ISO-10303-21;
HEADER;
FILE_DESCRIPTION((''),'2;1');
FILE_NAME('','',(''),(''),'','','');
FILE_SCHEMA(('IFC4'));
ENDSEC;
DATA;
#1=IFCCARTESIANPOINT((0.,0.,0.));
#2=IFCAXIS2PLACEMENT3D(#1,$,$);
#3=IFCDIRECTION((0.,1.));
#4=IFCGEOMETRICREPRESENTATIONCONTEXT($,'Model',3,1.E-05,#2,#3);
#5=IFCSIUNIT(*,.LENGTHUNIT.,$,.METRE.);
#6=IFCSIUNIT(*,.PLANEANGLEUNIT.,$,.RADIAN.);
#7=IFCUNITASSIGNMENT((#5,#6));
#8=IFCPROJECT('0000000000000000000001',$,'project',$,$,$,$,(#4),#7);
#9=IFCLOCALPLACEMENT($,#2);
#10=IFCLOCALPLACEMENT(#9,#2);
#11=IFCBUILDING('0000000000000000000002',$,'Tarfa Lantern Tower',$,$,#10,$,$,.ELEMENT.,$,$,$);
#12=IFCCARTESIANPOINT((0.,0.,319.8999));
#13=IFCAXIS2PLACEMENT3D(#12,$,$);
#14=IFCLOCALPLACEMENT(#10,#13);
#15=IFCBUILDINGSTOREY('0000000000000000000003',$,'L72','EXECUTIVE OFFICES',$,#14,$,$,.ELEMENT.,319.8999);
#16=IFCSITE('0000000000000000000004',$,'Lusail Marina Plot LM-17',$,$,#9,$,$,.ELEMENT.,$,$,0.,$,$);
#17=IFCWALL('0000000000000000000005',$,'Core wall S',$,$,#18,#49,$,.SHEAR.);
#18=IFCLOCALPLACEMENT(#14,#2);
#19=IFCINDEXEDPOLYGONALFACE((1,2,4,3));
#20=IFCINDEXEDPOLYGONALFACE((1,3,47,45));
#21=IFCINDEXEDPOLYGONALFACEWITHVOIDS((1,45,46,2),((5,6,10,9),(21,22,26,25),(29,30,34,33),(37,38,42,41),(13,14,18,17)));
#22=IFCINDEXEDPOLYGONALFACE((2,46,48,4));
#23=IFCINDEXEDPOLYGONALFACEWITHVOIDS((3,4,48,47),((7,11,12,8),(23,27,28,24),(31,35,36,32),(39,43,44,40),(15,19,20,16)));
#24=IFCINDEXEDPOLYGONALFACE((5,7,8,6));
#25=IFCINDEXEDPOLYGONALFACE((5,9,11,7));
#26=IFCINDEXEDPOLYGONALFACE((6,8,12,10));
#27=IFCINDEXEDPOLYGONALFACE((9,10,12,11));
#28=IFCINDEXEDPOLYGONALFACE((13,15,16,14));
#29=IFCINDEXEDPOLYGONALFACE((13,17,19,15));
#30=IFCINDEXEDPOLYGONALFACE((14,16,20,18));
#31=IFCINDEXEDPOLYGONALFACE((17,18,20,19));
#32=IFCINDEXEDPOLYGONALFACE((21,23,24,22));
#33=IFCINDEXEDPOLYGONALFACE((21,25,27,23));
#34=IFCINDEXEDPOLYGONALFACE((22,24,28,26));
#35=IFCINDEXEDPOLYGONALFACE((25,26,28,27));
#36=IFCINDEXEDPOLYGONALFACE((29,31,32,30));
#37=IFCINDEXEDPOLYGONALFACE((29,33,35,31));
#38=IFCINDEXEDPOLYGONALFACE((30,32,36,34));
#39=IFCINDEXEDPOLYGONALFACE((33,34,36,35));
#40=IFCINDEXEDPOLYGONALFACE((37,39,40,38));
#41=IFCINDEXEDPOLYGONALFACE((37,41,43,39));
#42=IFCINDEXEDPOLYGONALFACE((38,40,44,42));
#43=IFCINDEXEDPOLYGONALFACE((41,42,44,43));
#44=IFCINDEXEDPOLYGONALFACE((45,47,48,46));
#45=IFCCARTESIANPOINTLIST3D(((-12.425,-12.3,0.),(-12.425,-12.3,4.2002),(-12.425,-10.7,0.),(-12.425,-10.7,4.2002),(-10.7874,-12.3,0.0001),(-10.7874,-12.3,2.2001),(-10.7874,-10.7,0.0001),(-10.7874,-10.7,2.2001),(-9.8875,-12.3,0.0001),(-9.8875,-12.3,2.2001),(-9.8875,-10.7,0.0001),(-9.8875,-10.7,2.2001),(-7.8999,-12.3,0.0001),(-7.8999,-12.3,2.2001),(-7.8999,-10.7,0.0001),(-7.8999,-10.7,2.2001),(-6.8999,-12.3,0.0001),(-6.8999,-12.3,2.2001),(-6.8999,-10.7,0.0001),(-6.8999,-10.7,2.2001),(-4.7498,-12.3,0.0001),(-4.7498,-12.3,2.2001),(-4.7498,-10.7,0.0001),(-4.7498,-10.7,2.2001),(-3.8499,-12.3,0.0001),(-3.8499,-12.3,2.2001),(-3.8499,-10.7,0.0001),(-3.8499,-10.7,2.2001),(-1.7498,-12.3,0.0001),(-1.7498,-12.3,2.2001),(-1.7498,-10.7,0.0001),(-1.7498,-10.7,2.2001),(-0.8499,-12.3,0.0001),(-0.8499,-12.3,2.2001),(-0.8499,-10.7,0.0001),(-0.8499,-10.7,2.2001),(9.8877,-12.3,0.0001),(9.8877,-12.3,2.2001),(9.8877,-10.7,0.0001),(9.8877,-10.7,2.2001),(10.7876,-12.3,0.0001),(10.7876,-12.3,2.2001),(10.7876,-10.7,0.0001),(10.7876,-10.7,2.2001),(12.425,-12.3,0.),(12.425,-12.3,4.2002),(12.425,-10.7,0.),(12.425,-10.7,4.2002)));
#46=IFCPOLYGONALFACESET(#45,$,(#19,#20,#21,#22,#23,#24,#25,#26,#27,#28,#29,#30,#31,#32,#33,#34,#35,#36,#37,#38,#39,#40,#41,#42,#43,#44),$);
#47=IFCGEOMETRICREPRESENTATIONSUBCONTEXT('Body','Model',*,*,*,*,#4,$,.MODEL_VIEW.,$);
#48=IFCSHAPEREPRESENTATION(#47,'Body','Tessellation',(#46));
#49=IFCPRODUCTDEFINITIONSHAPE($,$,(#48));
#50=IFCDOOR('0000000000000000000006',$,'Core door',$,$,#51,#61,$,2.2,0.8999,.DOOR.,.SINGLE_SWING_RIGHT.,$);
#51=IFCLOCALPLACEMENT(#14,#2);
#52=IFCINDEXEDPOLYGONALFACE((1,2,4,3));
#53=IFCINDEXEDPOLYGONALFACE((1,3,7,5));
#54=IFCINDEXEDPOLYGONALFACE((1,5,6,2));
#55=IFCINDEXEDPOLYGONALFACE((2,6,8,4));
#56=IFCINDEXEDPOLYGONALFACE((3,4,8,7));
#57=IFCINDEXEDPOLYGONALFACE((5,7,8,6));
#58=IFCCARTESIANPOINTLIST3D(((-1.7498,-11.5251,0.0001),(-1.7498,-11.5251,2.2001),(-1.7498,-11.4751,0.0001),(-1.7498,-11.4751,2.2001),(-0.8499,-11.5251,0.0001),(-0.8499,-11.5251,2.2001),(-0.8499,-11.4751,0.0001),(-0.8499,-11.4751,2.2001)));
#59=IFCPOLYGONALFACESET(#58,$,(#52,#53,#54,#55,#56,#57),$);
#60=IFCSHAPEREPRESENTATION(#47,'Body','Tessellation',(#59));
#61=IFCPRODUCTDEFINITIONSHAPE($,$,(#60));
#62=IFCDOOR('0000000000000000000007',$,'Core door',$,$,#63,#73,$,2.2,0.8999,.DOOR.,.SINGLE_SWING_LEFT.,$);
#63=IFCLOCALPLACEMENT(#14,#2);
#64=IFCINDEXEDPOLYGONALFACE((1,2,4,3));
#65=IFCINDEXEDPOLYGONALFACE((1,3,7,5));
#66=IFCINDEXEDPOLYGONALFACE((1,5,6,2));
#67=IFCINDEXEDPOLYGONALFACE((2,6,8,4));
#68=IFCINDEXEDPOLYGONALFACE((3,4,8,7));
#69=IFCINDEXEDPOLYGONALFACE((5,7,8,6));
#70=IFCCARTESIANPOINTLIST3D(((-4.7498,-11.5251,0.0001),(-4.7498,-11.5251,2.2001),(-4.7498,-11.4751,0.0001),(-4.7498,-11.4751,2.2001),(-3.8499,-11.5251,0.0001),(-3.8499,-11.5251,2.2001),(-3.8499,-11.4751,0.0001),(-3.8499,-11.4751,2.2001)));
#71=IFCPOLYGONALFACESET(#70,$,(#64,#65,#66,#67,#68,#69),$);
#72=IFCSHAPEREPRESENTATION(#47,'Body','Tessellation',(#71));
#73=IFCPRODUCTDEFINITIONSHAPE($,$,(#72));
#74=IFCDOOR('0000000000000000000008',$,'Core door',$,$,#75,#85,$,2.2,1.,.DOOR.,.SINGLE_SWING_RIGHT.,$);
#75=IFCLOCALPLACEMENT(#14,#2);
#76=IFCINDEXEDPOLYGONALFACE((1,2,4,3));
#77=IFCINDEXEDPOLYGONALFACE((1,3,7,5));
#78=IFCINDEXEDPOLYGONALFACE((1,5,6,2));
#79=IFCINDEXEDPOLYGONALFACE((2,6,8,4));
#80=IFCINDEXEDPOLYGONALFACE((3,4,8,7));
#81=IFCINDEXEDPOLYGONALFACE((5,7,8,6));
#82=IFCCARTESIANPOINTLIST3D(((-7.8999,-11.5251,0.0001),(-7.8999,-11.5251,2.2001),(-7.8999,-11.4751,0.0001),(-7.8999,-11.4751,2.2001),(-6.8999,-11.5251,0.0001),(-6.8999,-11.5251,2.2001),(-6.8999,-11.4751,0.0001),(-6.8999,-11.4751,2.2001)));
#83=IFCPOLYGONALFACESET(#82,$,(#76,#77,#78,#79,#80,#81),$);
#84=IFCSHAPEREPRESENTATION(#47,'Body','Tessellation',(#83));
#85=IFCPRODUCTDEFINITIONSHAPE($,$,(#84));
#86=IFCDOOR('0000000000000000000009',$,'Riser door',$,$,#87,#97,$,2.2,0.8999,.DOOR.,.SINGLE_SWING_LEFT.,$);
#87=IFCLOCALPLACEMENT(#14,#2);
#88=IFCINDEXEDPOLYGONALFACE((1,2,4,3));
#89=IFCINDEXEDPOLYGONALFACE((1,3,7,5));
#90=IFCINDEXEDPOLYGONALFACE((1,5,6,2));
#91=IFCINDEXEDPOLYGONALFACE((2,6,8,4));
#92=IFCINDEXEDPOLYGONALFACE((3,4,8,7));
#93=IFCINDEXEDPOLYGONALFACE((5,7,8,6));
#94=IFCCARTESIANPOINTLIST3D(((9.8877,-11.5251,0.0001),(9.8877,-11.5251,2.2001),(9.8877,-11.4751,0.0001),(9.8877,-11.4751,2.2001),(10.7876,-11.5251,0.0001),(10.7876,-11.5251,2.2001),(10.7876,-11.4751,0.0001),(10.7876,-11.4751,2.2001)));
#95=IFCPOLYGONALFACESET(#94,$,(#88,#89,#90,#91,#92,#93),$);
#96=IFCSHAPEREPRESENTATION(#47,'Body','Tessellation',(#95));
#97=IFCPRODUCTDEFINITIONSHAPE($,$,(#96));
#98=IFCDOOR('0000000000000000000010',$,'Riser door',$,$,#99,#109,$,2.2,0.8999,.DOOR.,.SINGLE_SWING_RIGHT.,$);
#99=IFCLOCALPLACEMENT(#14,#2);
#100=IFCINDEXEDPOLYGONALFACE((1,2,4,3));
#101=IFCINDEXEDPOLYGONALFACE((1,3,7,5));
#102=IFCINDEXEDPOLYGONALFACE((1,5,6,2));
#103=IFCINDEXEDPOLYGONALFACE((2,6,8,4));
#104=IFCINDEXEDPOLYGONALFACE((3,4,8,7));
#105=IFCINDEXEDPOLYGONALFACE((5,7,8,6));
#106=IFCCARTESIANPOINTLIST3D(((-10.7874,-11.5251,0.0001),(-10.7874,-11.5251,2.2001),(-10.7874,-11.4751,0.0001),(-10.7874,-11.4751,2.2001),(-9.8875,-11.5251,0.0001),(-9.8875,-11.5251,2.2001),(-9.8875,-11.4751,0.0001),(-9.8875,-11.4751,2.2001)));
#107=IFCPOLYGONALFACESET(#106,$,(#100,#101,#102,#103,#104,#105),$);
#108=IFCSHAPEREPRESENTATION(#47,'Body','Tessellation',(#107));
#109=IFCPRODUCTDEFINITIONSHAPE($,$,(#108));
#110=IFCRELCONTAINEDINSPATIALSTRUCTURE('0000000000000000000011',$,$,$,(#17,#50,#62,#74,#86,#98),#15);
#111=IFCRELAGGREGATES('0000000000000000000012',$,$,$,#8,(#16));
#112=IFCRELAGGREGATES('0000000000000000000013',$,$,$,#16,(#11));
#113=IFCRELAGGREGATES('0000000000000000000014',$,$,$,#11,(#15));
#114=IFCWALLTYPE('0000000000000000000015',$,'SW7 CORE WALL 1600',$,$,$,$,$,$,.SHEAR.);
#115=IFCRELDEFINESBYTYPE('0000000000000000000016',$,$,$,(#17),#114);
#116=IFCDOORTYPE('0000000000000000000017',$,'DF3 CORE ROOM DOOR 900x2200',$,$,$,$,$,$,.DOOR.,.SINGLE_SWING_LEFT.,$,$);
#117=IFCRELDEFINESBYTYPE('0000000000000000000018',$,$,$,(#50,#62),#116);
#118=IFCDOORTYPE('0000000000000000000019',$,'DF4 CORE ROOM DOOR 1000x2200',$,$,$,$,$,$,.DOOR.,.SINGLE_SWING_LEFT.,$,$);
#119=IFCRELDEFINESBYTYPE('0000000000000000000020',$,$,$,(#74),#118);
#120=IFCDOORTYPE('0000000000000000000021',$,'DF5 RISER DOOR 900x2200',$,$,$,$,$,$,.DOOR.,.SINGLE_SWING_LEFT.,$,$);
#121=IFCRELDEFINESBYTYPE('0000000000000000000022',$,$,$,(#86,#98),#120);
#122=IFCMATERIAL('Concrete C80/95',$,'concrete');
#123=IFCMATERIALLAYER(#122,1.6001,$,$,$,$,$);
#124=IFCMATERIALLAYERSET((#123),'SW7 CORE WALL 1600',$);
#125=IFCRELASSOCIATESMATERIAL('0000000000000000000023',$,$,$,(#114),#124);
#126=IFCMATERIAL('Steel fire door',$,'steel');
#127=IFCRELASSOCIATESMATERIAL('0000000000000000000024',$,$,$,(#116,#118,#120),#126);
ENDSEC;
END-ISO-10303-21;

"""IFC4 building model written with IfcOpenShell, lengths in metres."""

from ifc_helpers import new_model, si_unit, direction, frame, frame_2d, origin, place, context, subcontext, project, spatial, rectangle, extrude, material, layer, layer_set, type_object, element, fill, save


model = new_model("IFC4")

# Units and contexts
model_context = context("Model", 3, precision=1e-05, world=origin(), true_north=direction((0.0, 1.0)))
body_context = subcontext(model_context, "Body", "Model", "MODEL_VIEW")
ifc_project = project(units=[si_unit("LENGTHUNIT", "METRE"), si_unit("PLANEANGLEUNIT", "RADIAN")], contexts=[model_context])

# Site, building, storey
site_placement = place(None, origin())
site = spatial("IfcSite", under=ifc_project, at=site_placement, Name="Lusail Marina Plot LM-17", CompositionType="ELEMENT", RefElevation=0.0)
building_placement = place(site_placement, origin())
building = spatial("IfcBuilding", under=site, at=building_placement, Name="Tarfa Lantern Tower", CompositionType="ELEMENT")
storey_placement = place(building_placement, frame((0.0, 0.0, 319.8999)))
storey = spatial("IfcBuildingStorey", under=building, at=storey_placement, Name="L72", Description="EXECUTIVE OFFICES", CompositionType="ELEMENT", Elevation=319.8999)

# Shared definitions
ifc_material_1 = material(Name="Concrete C80/95", Category="concrete")
ifc_material_2 = material(Name="Steel fire door", Category="steel")

# Wall, openings, doors
ifc_layer_1 = layer(ifc_material_1, 1.6001)
ifc_layer_set_1 = layer_set([ifc_layer_1], Name="SW7 CORE WALL 1600")
wall_type_1 = type_object("IfcWallType", Name="SW7 CORE WALL 1600", PredefinedType="SHEAR", material=ifc_layer_set_1)
wall_1_placement = place(storey_placement, frame((12.425, -11.5, 0.0), z_axis=(0.0, 0.0, 1.0), x_axis=(-1.0, 0.0, 0.0)))
wall_1 = element("IfcWall", 1, at=wall_1_placement, inside=storey, type_object=wall_type_1, Name="Core wall S", PredefinedType="SHEAR", context=body_context, shape_type="SweptSolid", body=[
    extrude(rectangle(XDim=24.8501, YDim=1.6001, at=frame_2d((12.425, 0.0))), origin(), (0.0, 0.0, 1.0), 4.2002),
])
opening_1_placement = place(wall_1_placement, frame((13.2749, 0.0, 0.0)))
opening_1 = element("IfcOpeningElement", 2, at=opening_1_placement, cuts=wall_1, PredefinedType="OPENING", context=body_context, shape_type="SweptSolid", body=[
    extrude(rectangle(XDim=0.8999, YDim=2.2, at=frame_2d((0.45, 1.1001))), frame((0.0, 0.8101, 0.0), z_axis=(0.0, -1.0, 0.0), x_axis=(1.0, 0.0, 0.0)), (0.0, 0.0, 1.0), 1.6201),
])
opening_2_placement = place(wall_1_placement, frame((16.2749, 0.0, 0.0)))
opening_2 = element("IfcOpeningElement", 3, at=opening_2_placement, cuts=wall_1, PredefinedType="OPENING", context=body_context, shape_type="SweptSolid", body=[
    extrude(rectangle(XDim=0.8999, YDim=2.2, at=frame_2d((0.45, 1.1001))), frame((0.0, 0.8101, 0.0), z_axis=(0.0, -1.0, 0.0), x_axis=(1.0, 0.0, 0.0)), (0.0, 0.0, 1.0), 1.6201),
])
opening_3_placement = place(wall_1_placement, frame((19.325, 0.0, 0.0)))
opening_3 = element("IfcOpeningElement", 4, at=opening_3_placement, cuts=wall_1, PredefinedType="OPENING", context=body_context, shape_type="SweptSolid", body=[
    extrude(rectangle(XDim=1.0, YDim=2.2, at=frame_2d((0.5, 1.1001))), frame((0.0, 0.8101, 0.0), z_axis=(0.0, -1.0, 0.0), x_axis=(1.0, 0.0, 0.0)), (0.0, 0.0, 1.0), 1.6201),
])
opening_4_placement = place(wall_1_placement, frame((1.6375, 0.0, 0.0)))
opening_4 = element("IfcOpeningElement", 5, at=opening_4_placement, cuts=wall_1, PredefinedType="OPENING", context=body_context, shape_type="SweptSolid", body=[
    extrude(rectangle(XDim=0.8999, YDim=2.2, at=frame_2d((0.45, 1.1001))), frame((0.0, 0.8101, 0.0), z_axis=(0.0, -1.0, 0.0), x_axis=(1.0, 0.0, 0.0)), (0.0, 0.0, 1.0), 1.6201),
])
opening_5_placement = place(wall_1_placement, frame((22.3125, 0.0, 0.0)))
opening_5 = element("IfcOpeningElement", 6, at=opening_5_placement, cuts=wall_1, PredefinedType="OPENING", context=body_context, shape_type="SweptSolid", body=[
    extrude(rectangle(XDim=0.8999, YDim=2.2, at=frame_2d((0.45, 1.1001))), frame((0.0, 0.8101, 0.0), z_axis=(0.0, -1.0, 0.0), x_axis=(1.0, 0.0, 0.0)), (0.0, 0.0, 1.0), 1.6201),
])
door_type_1 = type_object("IfcDoorType", Name="DF3 CORE ROOM DOOR 900x2200", OperationType="SINGLE_SWING_LEFT", PredefinedType="DOOR", material=ifc_material_2)
door_1_placement = place(opening_1_placement, frame((0.8999, 0.0, 0.0), z_axis=(0.0, 0.0, 1.0), x_axis=(-1.0, 0.0, 0.0)))
door_1 = element("IfcDoor", 7, at=door_1_placement, inside=storey, type_object=door_type_1, Name="Core door", OperationType="SINGLE_SWING_RIGHT", OverallHeight=2.2, OverallWidth=0.8999, PredefinedType="DOOR", context=body_context, shape_type="SweptSolid", body=[
    extrude(rectangle(XDim=0.8999, YDim=2.2, at=frame_2d((0.45, 1.1001))), frame((0.0, 0.0249, 0.0), z_axis=(0.0, -1.0, 0.0), x_axis=(1.0, 0.0, 0.0)), (0.0, 0.0, 1.0), 0.05),
])
fill(opening_1, door_1)
door_2_placement = place(opening_2_placement, frame((0.8999, 0.0, 0.0), z_axis=(0.0, 0.0, 1.0), x_axis=(-1.0, 0.0, 0.0)))
door_2 = element("IfcDoor", 8, at=door_2_placement, inside=storey, type_object=door_type_1, Name="Core door", OperationType="SINGLE_SWING_LEFT", OverallHeight=2.2, OverallWidth=0.8999, PredefinedType="DOOR", context=body_context, shape_type="SweptSolid", body=[
    extrude(rectangle(XDim=0.8999, YDim=2.2, at=frame_2d((0.45, 1.1001))), frame((0.0, 0.0249, 0.0), z_axis=(0.0, -1.0, 0.0), x_axis=(1.0, 0.0, 0.0)), (0.0, 0.0, 1.0), 0.05),
])
fill(opening_2, door_2)
door_type_2 = type_object("IfcDoorType", Name="DF4 CORE ROOM DOOR 1000x2200", OperationType="SINGLE_SWING_LEFT", PredefinedType="DOOR", material=ifc_material_2)
door_3_placement = place(opening_3_placement, frame((1.0, 0.0, 0.0), z_axis=(0.0, 0.0, 1.0), x_axis=(-1.0, 0.0, 0.0)))
door_3 = element("IfcDoor", 9, at=door_3_placement, inside=storey, type_object=door_type_2, Name="Core door", OperationType="SINGLE_SWING_RIGHT", OverallHeight=2.2, OverallWidth=1.0, PredefinedType="DOOR", context=body_context, shape_type="SweptSolid", body=[
    extrude(rectangle(XDim=1.0, YDim=2.2, at=frame_2d((0.5, 1.1001))), frame((0.0, 0.0249, 0.0), z_axis=(0.0, -1.0, 0.0), x_axis=(1.0, 0.0, 0.0)), (0.0, 0.0, 1.0), 0.05),
])
fill(opening_3, door_3)
door_type_3 = type_object("IfcDoorType", Name="DF5 RISER DOOR 900x2200", OperationType="SINGLE_SWING_LEFT", PredefinedType="DOOR", material=ifc_material_2)
door_4_placement = place(opening_4_placement, frame((0.8999, 0.0, 0.0), z_axis=(0.0, 0.0, 1.0), x_axis=(-1.0, 0.0, 0.0)))
door_4 = element("IfcDoor", 10, at=door_4_placement, inside=storey, type_object=door_type_3, Name="Riser door", OperationType="SINGLE_SWING_LEFT", OverallHeight=2.2, OverallWidth=0.8999, PredefinedType="DOOR", context=body_context, shape_type="SweptSolid", body=[
    extrude(rectangle(XDim=0.8999, YDim=2.2, at=frame_2d((0.45, 1.1001))), frame((0.0, 0.0249, 0.0), z_axis=(0.0, -1.0, 0.0), x_axis=(1.0, 0.0, 0.0)), (0.0, 0.0, 1.0), 0.05),
])
fill(opening_4, door_4)
door_5_placement = place(opening_5_placement, frame((0.8999, 0.0, 0.0), z_axis=(0.0, 0.0, 1.0), x_axis=(-1.0, 0.0, 0.0)))
door_5 = element("IfcDoor", 11, at=door_5_placement, inside=storey, type_object=door_type_3, Name="Riser door", OperationType="SINGLE_SWING_RIGHT", OverallHeight=2.2, OverallWidth=0.8999, PredefinedType="DOOR", context=body_context, shape_type="SweptSolid", body=[
    extrude(rectangle(XDim=0.8999, YDim=2.2, at=frame_2d((0.45, 1.1001))), frame((0.0, 0.0249, 0.0), z_axis=(0.0, -1.0, 0.0), x_axis=(1.0, 0.0, 0.0)), (0.0, 0.0, 1.0), 0.05),
])
fill(opening_5, door_5)

save(model, "model.ifc")
